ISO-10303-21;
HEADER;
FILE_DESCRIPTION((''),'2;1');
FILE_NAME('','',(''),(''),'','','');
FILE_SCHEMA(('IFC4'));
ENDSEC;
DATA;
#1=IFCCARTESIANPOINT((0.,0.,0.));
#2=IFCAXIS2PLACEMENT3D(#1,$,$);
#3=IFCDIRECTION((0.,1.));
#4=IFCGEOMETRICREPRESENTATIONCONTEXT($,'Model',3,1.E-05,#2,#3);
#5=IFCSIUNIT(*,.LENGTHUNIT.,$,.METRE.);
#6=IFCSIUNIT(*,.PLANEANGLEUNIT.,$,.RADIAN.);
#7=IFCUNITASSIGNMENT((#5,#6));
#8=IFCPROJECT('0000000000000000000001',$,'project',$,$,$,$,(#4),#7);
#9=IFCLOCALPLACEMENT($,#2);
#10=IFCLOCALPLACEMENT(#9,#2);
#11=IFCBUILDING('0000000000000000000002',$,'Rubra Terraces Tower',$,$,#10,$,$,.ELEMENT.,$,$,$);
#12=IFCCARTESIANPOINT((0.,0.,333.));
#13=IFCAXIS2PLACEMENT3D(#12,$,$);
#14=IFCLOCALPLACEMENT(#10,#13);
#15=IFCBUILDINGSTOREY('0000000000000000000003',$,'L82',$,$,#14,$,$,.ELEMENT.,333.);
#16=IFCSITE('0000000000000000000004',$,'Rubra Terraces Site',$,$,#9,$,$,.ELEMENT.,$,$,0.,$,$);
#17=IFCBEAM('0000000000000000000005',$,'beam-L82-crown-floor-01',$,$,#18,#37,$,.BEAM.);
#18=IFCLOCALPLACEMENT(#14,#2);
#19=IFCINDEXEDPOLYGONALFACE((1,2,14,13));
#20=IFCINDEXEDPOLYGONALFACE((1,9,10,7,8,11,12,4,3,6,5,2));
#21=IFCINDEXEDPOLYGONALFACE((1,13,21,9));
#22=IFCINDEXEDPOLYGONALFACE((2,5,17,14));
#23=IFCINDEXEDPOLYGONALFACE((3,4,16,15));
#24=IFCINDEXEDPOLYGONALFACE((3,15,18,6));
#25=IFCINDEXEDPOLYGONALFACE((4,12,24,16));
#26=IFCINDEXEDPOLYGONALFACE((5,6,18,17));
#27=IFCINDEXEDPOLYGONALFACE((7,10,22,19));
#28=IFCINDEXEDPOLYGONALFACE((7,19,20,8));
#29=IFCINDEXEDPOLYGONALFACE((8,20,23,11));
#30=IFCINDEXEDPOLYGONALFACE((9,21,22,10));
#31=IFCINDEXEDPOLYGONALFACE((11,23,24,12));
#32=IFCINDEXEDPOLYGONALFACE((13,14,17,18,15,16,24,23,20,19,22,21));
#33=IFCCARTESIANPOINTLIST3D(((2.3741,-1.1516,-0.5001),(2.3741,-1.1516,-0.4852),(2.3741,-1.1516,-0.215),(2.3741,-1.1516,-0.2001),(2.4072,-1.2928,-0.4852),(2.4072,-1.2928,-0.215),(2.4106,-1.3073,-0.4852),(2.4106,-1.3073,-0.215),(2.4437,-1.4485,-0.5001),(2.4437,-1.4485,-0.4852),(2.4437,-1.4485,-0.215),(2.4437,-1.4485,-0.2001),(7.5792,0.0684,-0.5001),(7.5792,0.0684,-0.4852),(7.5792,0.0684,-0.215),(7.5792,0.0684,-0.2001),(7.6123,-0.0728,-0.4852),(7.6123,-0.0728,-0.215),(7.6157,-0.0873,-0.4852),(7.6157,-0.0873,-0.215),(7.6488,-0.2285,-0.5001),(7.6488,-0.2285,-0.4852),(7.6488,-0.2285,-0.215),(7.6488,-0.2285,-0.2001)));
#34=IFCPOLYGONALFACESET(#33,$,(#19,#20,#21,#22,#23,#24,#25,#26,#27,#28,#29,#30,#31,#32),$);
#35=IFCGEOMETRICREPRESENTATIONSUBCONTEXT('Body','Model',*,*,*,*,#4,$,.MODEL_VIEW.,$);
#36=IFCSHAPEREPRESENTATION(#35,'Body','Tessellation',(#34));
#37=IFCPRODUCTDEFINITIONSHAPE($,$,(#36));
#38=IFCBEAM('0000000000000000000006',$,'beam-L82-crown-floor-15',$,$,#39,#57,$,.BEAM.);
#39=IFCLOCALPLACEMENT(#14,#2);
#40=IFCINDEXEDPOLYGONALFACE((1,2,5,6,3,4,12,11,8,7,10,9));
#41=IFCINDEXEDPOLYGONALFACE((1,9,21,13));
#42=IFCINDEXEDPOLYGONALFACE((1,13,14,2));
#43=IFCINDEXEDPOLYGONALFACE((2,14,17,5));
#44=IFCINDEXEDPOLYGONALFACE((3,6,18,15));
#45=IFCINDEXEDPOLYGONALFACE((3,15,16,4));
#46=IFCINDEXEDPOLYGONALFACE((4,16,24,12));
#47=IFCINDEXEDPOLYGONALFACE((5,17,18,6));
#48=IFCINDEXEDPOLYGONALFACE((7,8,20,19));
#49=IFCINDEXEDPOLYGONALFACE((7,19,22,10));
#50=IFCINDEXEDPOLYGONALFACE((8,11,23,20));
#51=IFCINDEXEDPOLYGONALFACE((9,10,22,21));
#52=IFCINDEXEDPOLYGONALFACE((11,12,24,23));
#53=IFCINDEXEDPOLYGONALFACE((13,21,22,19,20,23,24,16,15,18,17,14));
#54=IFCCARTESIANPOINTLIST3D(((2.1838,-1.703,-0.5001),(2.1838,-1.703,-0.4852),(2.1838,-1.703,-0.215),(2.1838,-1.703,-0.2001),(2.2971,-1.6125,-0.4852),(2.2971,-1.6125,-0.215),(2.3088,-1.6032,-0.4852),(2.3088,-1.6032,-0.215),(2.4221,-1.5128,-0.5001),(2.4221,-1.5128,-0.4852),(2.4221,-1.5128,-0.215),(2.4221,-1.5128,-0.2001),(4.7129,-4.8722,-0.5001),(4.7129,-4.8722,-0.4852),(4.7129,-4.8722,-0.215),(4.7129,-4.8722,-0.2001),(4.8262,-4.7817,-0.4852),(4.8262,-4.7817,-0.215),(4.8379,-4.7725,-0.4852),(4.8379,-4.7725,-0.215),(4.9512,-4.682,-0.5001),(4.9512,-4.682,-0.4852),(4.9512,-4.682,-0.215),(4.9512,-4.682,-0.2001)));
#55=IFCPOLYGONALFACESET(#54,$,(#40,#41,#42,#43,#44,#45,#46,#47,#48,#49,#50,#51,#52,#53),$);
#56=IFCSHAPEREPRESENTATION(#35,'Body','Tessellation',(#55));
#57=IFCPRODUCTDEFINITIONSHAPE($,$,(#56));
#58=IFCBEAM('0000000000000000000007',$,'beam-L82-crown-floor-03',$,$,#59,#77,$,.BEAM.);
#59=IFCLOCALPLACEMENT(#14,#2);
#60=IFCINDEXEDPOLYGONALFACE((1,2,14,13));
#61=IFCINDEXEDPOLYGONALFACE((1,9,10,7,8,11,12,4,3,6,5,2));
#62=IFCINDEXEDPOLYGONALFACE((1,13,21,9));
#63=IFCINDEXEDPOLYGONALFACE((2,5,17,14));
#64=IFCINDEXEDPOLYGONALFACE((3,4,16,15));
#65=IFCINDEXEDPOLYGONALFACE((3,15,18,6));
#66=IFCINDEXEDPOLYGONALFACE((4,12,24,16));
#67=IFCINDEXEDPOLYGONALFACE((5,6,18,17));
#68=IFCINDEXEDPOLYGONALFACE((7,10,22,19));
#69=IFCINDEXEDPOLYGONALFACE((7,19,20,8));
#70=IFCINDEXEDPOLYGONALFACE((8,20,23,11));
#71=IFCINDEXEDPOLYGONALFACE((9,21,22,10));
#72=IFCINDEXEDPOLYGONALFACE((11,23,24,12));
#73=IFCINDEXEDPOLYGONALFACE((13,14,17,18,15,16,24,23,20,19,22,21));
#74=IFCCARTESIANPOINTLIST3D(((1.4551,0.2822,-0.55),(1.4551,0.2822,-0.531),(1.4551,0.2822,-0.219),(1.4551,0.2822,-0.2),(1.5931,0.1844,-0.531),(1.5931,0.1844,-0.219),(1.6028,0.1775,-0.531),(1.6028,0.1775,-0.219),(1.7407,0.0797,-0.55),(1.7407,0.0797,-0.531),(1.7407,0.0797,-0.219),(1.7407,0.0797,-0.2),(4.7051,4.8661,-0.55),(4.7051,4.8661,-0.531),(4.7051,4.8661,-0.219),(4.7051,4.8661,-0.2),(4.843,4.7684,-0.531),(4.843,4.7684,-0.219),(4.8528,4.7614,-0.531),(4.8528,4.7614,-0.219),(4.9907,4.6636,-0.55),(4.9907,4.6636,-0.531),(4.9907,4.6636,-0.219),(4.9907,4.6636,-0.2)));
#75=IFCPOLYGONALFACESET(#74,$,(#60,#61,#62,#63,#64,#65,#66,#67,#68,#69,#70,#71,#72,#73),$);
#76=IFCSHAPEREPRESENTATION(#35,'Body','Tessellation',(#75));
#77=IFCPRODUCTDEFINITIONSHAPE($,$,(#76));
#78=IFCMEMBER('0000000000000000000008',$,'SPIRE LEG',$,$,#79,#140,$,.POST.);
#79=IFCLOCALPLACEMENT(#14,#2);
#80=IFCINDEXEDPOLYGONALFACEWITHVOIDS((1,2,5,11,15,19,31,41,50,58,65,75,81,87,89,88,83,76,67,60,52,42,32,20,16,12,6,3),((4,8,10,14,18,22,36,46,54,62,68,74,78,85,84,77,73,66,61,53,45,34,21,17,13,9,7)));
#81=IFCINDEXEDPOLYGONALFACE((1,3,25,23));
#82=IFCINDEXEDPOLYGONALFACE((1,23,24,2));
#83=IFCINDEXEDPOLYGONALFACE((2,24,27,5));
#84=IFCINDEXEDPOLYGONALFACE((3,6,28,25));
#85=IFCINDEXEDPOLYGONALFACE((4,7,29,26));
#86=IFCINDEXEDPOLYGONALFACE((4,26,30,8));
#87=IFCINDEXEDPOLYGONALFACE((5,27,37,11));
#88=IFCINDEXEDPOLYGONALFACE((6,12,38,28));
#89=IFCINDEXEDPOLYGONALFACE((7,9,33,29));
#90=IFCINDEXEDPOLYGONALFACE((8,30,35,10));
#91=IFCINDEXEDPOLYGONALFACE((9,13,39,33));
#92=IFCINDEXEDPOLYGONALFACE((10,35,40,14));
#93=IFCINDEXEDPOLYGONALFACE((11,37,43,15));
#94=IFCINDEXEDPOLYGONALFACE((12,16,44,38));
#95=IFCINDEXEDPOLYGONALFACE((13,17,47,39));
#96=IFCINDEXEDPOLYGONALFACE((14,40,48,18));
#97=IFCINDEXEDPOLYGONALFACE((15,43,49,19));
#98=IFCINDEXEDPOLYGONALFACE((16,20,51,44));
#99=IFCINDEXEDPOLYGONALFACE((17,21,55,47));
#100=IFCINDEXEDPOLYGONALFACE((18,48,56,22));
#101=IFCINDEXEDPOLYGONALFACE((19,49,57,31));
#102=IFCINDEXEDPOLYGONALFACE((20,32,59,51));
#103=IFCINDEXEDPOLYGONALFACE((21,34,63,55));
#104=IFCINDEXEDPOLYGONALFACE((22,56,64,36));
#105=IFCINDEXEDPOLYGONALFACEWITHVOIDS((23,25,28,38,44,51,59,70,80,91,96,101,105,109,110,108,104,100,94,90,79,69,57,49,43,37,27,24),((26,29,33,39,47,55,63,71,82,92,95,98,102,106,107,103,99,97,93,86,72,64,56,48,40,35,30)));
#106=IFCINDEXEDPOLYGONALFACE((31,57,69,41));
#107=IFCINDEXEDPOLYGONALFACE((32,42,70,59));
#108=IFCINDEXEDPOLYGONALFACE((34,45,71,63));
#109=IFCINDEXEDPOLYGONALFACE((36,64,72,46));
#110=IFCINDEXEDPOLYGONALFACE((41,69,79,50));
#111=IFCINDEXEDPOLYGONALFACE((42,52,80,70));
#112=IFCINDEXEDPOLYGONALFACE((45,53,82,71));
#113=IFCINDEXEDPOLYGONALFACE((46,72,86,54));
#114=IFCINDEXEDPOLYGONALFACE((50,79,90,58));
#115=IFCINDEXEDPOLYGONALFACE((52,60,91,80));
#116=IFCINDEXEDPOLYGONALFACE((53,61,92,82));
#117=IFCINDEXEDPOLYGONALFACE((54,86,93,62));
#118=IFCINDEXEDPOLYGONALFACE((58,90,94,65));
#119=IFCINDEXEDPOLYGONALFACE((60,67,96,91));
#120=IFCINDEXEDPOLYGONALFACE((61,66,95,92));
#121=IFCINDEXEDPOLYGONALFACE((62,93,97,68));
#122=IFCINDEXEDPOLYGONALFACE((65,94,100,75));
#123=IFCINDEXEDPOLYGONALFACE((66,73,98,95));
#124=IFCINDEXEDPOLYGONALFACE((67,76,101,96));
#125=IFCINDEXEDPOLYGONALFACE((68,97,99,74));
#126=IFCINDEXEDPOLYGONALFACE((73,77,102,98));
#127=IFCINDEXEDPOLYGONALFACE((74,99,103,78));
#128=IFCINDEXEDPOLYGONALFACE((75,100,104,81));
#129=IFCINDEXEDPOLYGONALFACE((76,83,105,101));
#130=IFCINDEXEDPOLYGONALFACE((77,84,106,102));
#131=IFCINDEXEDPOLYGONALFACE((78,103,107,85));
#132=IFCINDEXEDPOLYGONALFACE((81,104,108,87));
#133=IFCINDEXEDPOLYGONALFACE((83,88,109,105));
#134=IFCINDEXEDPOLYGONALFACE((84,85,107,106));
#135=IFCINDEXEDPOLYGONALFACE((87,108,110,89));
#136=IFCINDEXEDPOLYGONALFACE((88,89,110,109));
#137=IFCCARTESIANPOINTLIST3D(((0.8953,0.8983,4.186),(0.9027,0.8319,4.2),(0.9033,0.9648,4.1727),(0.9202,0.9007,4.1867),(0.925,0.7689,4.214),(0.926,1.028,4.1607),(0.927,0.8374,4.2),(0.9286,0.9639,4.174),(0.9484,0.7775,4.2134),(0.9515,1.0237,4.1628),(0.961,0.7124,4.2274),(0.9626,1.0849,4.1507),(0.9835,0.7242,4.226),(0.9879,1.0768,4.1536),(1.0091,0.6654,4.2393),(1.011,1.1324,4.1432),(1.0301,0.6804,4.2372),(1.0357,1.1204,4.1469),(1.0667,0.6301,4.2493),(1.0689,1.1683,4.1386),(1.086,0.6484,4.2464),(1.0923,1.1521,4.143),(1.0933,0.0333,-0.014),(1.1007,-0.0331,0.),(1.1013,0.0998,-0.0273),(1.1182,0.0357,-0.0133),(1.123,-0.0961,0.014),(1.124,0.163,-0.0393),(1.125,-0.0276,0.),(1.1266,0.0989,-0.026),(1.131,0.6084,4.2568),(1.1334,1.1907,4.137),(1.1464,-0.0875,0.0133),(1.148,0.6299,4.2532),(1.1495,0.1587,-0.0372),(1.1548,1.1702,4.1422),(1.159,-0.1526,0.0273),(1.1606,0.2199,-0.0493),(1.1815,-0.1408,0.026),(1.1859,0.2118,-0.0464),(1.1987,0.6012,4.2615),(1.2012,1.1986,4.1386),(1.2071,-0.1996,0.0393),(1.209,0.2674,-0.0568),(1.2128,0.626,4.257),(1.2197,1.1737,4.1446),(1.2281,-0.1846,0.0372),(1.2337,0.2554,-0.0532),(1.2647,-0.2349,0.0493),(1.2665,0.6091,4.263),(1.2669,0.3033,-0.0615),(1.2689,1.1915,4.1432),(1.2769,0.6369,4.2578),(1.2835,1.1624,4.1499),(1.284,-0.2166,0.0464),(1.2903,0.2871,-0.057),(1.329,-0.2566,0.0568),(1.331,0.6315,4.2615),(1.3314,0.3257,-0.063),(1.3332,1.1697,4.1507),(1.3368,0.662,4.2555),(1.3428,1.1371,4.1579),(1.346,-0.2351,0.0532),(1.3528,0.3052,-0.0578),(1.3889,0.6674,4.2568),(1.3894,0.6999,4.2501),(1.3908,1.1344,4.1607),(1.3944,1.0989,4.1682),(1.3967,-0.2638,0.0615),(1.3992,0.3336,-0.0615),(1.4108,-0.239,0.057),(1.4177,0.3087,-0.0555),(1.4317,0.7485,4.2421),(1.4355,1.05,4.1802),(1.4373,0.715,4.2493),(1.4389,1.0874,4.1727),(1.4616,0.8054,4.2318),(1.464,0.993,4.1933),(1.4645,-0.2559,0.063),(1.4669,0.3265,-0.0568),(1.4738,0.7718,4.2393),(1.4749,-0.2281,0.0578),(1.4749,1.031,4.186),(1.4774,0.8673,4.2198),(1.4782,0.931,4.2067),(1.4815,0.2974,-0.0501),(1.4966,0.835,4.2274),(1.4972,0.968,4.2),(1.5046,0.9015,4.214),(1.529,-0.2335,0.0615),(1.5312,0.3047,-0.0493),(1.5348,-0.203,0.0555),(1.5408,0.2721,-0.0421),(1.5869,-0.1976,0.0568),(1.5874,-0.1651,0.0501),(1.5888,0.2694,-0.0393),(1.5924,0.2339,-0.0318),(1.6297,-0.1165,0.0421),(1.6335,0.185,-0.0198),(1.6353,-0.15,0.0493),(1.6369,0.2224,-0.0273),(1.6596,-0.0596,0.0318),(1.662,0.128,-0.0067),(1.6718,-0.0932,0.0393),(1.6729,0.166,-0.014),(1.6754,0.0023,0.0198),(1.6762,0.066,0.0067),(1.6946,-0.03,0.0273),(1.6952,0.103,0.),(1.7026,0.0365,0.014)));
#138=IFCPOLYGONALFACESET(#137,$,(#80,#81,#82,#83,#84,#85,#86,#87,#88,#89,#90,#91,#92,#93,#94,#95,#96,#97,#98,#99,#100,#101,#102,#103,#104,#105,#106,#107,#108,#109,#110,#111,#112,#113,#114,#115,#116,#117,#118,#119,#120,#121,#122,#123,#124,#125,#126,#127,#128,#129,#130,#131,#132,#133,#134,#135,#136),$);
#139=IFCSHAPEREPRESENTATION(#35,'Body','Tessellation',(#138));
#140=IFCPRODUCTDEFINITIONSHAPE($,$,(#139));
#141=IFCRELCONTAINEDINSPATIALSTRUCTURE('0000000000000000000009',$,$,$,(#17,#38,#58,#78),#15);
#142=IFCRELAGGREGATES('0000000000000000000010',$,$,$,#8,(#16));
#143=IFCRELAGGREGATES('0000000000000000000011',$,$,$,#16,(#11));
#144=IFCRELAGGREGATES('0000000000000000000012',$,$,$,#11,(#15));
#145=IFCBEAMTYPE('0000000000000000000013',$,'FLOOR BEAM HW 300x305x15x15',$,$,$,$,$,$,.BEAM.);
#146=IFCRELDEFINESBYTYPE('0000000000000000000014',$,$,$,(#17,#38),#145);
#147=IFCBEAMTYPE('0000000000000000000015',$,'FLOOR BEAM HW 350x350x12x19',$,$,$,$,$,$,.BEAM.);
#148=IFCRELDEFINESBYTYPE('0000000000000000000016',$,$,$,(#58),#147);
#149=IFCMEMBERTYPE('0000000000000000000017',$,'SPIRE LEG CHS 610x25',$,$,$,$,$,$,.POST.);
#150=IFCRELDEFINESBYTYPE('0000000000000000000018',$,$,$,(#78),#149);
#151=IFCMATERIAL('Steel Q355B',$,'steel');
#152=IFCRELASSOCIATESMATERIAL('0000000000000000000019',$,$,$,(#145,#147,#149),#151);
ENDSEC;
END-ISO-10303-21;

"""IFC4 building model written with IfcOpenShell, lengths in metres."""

from ifc_helpers import new_model, si_unit, direction, frame, origin, origin_2d, place, context, subcontext, project, spatial, hollow_circle, i_section, extrude, material, material_profile, profile_set, type_object, element, save


model = new_model("IFC4")

# Units and contexts
model_context = context("Model", 3, precision=1e-05, world=origin(), true_north=direction((0.0, 1.0)))
body_context = subcontext(model_context, "Body", "Model", "MODEL_VIEW")
ifc_project = project(units=[si_unit("LENGTHUNIT", "METRE"), si_unit("PLANEANGLEUNIT", "RADIAN")], contexts=[model_context])

# Site, building, storey
site_placement = place(None, origin())
site = spatial("IfcSite", under=ifc_project, at=site_placement, Name="Rubra Terraces Site", CompositionType="ELEMENT", RefElevation=0.0)
building_placement = place(site_placement, origin())
building = spatial("IfcBuilding", under=site, at=building_placement, Name="Rubra Terraces Tower", CompositionType="ELEMENT")
storey_placement = place(building_placement, frame((0.0, 0.0, 333.0)))
storey = spatial("IfcBuildingStorey", under=building, at=storey_placement, Name="L82", CompositionType="ELEMENT", Elevation=333.0)

# Shared definitions
ifc_material_1 = material(Name="Steel Q355B", Category="steel")

# Beams
ifc_material_profile_1 = material_profile(ifc_material_1, i_section(OverallWidth=0.3049, OverallDepth=0.3, WebThickness=0.0149, FlangeThickness=0.0149, at=origin_2d()), Name="HW 300x305x15x15")
ifc_profile_set_1 = profile_set([ifc_material_profile_1], Name="Steel Q355B")
beam_type_1 = type_object("IfcBeamType", Name="FLOOR BEAM HW 300x305x15x15", PredefinedType="BEAM", material=ifc_profile_set_1)
beam_1_placement = place(storey_placement, frame((7.614, -0.0801, -0.3501), z_axis=(-0.973615, -0.228197, 0.0), x_axis=(0.228197, -0.973615, 0.0)))
element("IfcBeam", 1, at=beam_1_placement, inside=storey, type_object=beam_type_1, Name="beam-L82-crown-floor-01", PredefinedType="BEAM", context=body_context, shape_type="SweptSolid", body=[
    extrude(i_section(OverallWidth=0.3049, OverallDepth=0.3, WebThickness=0.0149, FlangeThickness=0.0149, at=origin_2d()), origin(), (0.0, 0.0, 1.0), 5.3462),
])
beam_2_placement = place(storey_placement, frame((4.832, -4.7771, -0.3501), z_axis=(-0.623747, 0.781626, 0.0), x_axis=(-0.781626, -0.623747, 0.0)))
element("IfcBeam", 2, at=beam_2_placement, inside=storey, type_object=beam_type_1, Name="beam-L82-crown-floor-15", PredefinedType="BEAM", context=body_context, shape_type="SweptSolid", body=[
    extrude(i_section(OverallWidth=0.3049, OverallDepth=0.3, WebThickness=0.0149, FlangeThickness=0.0149, at=origin_2d()), origin(), (0.0, 0.0, 1.0), 4.0547),
])
ifc_material_profile_2 = material_profile(ifc_material_1, i_section(OverallWidth=0.3501, OverallDepth=0.3501, WebThickness=0.012, FlangeThickness=0.019, at=origin_2d()), Name="HW 350x350x12x19")
ifc_profile_set_2 = profile_set([ifc_material_profile_2], Name="Steel Q355B")
beam_type_2 = type_object("IfcBeamType", Name="FLOOR BEAM HW 350x350x12x19", PredefinedType="BEAM", material=ifc_profile_set_2)
beam_3_placement = place(storey_placement, frame((4.8479, 4.7649, -0.375), z_axis=(-0.578374, -0.815772, 0.0), x_axis=(0.815772, -0.578374, 0.0)))
element("IfcBeam", 3, at=beam_3_placement, inside=storey, type_object=beam_type_2, Name="beam-L82-crown-floor-03", PredefinedType="BEAM", context=body_context, shape_type="SweptSolid", body=[
    extrude(i_section(OverallWidth=0.3501, OverallDepth=0.3501, WebThickness=0.012, FlangeThickness=0.019, at=origin_2d()), origin(), (0.0, 0.0, 1.0), 5.6191),
])

# Member
ifc_material_profile_3 = material_profile(ifc_material_1, hollow_circle(Radius=0.3049, WallThickness=0.0249, at=origin_2d()), Name="CHS 610x25")
ifc_profile_set_3 = profile_set([ifc_material_profile_3], Name="Steel Q355B")
member_type_1 = type_object("IfcMemberType", Name="SPIRE LEG CHS 610x25", PredefinedType="POST", material=ifc_profile_set_3)
member_1_placement = place(storey_placement, frame((1.3979, 0.0349, 0.0), z_axis=(-0.046125, 0.201504, 0.978401), x_axis=(-0.974788, -0.223131, 0.0)))
element("IfcMember", 4, at=member_1_placement, inside=storey, type_object=member_type_1, Name="SPIRE LEG", PredefinedType="POST", context=body_context, shape_type="SweptSolid", body=[
    extrude(hollow_circle(Radius=0.3049, WallThickness=0.0249, at=origin_2d()), origin(), (0.0, 0.0, 1.0), 4.2927),
])

save(model, "model.ifc")
